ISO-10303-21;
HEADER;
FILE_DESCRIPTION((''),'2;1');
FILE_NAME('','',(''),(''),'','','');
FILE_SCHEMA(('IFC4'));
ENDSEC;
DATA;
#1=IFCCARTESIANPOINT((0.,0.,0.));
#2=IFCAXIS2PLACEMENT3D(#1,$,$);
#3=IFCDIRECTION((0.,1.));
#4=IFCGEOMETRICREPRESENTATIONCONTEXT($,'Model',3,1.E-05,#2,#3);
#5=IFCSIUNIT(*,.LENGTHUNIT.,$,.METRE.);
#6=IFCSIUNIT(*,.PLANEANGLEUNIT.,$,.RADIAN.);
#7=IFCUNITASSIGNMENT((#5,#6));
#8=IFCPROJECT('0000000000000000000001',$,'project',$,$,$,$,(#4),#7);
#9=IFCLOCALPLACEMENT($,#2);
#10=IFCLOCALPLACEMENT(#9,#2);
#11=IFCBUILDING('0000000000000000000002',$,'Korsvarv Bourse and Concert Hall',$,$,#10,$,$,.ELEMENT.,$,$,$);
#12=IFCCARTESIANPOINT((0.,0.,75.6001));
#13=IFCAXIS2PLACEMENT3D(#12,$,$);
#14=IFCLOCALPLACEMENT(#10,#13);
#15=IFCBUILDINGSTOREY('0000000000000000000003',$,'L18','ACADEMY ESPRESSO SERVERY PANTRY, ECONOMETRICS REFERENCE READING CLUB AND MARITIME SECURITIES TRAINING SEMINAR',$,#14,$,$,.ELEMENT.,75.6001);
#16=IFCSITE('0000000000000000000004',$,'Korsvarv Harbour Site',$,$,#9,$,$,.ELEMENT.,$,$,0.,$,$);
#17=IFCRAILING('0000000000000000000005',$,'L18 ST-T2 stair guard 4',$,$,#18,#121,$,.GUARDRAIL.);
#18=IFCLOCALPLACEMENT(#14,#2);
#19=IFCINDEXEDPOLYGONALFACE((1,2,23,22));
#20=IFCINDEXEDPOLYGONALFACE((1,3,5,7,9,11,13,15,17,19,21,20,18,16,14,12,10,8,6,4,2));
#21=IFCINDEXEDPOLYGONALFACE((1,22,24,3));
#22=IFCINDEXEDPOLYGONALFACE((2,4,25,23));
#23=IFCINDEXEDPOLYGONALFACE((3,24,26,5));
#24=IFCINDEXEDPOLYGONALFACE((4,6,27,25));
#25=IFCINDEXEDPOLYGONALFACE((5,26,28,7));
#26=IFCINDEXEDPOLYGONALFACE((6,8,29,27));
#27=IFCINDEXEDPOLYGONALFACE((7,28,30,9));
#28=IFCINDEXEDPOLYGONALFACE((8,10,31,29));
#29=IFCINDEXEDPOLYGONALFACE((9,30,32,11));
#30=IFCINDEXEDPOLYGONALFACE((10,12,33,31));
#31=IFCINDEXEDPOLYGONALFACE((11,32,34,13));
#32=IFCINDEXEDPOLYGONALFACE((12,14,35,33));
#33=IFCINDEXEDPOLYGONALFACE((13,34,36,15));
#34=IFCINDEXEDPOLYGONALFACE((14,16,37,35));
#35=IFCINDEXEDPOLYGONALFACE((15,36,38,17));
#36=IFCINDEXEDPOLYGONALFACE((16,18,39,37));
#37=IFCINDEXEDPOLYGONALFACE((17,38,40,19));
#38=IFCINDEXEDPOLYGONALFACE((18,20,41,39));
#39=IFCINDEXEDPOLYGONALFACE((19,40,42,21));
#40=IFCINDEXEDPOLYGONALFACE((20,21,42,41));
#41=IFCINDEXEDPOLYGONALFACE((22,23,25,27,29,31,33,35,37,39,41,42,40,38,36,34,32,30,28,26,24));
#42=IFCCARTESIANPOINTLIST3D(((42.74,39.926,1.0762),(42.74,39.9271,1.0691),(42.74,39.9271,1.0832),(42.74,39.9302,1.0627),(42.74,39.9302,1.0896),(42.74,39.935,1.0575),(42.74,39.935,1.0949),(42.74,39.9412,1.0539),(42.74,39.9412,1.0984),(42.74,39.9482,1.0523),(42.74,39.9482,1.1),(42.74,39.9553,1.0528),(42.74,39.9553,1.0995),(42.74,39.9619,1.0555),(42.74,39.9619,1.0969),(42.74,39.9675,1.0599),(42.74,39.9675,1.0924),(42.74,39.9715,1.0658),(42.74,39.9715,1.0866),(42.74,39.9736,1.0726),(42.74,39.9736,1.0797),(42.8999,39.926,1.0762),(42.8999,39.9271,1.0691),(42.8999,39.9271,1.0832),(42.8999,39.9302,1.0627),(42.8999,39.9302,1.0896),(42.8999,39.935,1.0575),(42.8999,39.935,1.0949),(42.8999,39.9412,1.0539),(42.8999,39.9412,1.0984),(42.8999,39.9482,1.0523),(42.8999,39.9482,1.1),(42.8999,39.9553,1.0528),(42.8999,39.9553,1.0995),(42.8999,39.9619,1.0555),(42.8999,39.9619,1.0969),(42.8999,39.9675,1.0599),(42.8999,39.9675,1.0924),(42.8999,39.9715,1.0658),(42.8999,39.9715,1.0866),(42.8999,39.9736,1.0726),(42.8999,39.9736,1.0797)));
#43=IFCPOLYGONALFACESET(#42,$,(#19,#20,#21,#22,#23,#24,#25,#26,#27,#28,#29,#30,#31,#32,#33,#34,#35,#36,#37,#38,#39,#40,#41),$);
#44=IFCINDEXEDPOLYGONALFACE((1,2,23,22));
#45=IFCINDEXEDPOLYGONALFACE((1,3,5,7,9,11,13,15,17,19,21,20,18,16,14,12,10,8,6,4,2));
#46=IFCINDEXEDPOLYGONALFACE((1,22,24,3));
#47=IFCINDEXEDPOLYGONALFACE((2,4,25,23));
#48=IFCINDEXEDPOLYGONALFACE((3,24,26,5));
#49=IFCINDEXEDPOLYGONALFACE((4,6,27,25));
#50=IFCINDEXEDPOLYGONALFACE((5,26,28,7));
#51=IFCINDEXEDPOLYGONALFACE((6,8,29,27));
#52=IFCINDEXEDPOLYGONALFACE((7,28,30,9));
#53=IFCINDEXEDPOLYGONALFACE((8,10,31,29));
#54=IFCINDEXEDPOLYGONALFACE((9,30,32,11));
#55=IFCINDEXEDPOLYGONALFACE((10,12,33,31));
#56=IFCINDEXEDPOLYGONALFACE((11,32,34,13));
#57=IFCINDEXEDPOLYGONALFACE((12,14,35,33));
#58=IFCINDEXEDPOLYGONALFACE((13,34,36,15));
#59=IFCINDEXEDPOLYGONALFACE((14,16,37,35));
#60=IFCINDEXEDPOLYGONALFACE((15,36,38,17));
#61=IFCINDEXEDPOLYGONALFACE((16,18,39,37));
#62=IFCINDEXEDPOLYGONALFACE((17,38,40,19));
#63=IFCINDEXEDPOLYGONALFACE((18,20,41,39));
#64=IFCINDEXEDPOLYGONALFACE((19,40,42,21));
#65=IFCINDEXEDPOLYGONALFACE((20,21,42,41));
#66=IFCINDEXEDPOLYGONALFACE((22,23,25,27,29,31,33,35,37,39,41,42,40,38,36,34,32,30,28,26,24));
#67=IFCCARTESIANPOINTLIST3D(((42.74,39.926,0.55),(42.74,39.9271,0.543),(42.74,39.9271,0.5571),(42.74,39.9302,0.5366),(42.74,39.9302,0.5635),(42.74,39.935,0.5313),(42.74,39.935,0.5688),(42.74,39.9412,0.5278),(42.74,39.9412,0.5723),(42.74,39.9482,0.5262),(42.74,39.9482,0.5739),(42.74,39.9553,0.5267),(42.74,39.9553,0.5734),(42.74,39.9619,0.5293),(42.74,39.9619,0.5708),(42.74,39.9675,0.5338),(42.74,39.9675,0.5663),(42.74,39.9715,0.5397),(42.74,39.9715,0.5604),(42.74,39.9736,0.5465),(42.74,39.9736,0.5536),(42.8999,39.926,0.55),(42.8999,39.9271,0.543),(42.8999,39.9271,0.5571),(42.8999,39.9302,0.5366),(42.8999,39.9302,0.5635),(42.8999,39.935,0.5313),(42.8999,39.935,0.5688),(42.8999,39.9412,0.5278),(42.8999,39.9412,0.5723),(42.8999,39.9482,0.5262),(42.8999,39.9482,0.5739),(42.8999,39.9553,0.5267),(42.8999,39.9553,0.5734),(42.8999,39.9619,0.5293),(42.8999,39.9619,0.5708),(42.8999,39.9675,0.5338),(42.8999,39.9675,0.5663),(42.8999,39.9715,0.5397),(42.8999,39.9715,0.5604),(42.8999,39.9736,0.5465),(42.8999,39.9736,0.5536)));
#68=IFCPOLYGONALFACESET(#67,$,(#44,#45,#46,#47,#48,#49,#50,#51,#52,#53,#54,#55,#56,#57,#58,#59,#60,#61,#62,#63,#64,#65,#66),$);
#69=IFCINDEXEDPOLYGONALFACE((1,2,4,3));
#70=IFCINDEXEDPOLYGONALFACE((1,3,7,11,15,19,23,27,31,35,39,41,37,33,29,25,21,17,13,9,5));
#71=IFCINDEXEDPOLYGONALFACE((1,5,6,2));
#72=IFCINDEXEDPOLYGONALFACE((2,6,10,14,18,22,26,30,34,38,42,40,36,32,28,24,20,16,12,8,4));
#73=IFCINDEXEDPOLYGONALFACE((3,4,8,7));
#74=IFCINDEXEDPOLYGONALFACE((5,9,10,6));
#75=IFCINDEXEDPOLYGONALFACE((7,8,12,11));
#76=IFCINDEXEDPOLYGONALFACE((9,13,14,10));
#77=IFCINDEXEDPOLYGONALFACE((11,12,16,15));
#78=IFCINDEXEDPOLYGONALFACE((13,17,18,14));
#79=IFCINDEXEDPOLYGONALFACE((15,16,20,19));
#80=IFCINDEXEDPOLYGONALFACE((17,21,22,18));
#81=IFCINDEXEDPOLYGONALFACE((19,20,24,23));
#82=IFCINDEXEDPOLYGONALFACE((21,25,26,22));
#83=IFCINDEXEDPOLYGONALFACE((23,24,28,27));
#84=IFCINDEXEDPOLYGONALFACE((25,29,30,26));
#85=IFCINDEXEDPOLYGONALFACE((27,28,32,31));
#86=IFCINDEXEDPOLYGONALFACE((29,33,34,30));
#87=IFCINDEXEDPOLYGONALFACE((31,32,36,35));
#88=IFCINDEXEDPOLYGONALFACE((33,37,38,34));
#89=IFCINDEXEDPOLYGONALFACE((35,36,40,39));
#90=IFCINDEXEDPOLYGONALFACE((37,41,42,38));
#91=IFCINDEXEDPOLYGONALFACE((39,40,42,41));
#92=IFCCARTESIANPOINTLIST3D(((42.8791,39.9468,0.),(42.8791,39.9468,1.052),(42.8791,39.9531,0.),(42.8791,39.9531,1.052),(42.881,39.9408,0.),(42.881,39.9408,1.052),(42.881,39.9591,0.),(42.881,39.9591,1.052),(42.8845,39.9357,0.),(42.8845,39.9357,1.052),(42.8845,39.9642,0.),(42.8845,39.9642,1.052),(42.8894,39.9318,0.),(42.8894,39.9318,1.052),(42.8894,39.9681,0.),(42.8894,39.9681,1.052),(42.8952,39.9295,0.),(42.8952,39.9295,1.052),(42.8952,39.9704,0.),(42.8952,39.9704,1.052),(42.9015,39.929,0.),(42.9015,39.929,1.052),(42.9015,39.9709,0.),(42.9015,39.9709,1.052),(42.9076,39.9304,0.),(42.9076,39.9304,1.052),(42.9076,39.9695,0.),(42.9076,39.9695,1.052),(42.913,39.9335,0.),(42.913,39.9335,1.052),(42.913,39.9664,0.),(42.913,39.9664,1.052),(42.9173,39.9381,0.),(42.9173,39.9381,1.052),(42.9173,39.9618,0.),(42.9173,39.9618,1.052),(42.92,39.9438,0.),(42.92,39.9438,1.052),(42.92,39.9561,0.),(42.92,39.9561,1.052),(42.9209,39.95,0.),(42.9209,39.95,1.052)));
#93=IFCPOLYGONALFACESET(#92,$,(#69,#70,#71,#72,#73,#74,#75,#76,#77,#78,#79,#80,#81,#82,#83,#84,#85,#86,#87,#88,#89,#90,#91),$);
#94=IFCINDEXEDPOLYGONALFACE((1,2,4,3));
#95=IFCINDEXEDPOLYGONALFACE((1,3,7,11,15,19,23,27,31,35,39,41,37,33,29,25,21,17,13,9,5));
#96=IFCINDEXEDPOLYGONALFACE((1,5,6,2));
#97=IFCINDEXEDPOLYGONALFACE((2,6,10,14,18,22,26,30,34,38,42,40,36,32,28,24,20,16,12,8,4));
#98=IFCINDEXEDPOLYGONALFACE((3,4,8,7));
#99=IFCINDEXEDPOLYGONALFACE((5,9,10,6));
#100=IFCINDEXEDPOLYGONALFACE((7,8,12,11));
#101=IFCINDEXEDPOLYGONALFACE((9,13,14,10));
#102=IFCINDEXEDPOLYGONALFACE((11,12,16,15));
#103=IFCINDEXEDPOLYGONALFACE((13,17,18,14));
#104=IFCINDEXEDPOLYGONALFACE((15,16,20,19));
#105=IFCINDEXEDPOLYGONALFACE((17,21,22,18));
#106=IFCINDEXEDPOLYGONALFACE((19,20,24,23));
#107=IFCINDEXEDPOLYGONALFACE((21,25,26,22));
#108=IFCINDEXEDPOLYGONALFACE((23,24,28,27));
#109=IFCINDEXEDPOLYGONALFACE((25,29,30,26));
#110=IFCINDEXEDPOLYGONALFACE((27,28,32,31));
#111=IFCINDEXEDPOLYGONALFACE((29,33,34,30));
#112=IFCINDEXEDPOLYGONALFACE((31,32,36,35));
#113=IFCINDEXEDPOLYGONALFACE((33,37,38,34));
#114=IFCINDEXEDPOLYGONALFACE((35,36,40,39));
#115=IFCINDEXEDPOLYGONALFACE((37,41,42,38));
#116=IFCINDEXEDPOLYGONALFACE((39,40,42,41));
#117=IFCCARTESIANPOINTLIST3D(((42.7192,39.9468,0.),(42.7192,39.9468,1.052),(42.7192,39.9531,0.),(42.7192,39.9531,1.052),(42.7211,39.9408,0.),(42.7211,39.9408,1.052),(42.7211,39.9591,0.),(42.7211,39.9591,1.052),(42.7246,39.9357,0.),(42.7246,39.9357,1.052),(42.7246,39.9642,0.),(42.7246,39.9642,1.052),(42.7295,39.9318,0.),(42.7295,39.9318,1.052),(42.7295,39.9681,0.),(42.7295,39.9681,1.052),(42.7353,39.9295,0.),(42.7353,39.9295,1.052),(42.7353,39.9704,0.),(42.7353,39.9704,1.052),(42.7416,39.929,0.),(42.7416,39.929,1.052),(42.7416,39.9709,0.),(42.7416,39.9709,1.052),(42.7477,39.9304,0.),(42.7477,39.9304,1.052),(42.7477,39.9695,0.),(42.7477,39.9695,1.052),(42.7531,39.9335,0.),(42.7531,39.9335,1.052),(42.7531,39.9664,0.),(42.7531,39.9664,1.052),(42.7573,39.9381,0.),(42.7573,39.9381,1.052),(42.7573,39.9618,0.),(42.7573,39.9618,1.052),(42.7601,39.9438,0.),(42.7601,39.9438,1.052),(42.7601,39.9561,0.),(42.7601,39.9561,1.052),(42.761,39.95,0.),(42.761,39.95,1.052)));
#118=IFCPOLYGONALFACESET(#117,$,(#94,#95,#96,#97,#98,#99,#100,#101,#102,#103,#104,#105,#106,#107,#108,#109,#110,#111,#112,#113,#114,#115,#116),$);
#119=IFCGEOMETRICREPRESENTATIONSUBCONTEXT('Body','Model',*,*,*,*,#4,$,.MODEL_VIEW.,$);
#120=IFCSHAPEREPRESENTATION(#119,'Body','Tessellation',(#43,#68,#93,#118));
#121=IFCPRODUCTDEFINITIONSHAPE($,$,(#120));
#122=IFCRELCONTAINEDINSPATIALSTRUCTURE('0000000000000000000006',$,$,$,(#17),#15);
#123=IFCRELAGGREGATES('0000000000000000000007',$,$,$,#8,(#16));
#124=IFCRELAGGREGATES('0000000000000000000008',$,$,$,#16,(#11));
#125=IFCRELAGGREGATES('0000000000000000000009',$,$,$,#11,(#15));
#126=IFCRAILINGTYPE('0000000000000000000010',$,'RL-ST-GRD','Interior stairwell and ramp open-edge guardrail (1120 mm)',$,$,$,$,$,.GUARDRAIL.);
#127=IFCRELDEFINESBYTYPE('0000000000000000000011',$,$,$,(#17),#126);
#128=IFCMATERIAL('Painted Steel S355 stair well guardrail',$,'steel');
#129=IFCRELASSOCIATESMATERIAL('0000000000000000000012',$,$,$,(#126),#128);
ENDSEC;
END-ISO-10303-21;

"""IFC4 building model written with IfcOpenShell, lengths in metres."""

from ifc_helpers import new_model, si_unit, direction, frame, origin, origin_2d, place, context, subcontext, project, spatial, circle, extrude, material, type_object, element, save


model = new_model("IFC4")

# Units and contexts
model_context = context("Model", 3, precision=1e-05, world=origin(), true_north=direction((0.0, 1.0)))
body_context = subcontext(model_context, "Body", "Model", "MODEL_VIEW")
ifc_project = project(units=[si_unit("LENGTHUNIT", "METRE"), si_unit("PLANEANGLEUNIT", "RADIAN")], contexts=[model_context])

# Site, building, storey
site_placement = place(None, origin())
site = spatial("IfcSite", under=ifc_project, at=site_placement, Name="Korsvarv Harbour Site", CompositionType="ELEMENT", RefElevation=0.0)
building_placement = place(site_placement, origin())
building = spatial("IfcBuilding", under=site, at=building_placement, Name="Korsvarv Bourse and Concert Hall", CompositionType="ELEMENT")
storey_placement = place(building_placement, frame((0.0, 0.0, 75.6001)))
storey = spatial("IfcBuildingStorey", under=building, at=storey_placement, Name="L18", Description="ACADEMY ESPRESSO SERVERY PANTRY, ECONOMETRICS REFERENCE READING CLUB AND MARITIME SECURITIES TRAINING SEMINAR", CompositionType="ELEMENT", Elevation=75.6001)

# Railing
ifc_material_1 = material(Name="Painted Steel S355 stair well guardrail", Category="steel")
railing_type_1 = type_object("IfcRailingType", Name="RL-ST-GRD", Description="Interior stairwell and ramp open-edge guardrail (1120 mm)", PredefinedType="GUARDRAIL", material=ifc_material_1)
railing_1_placement = place(storey_placement, frame((42.8999, 39.95, 0.0)))
element("IfcRailing", 1, at=railing_1_placement, inside=storey, type_object=railing_type_1, Name="L18 ST-T2 stair guard 4", PredefinedType="GUARDRAIL", context=body_context, shape_type="SweptSolid", body=[
    extrude(circle(Radius=0.0239, at=origin_2d()), frame((0.0, 0.0, 1.0762), z_axis=(-1.0, 0.0, 0.0), x_axis=(0.0, -1.0, 0.0)), (0.0, 0.0, 1.0), 0.1599),
    extrude(circle(Radius=0.0239, at=origin_2d()), frame((0.0, 0.0, 0.55), z_axis=(-1.0, 0.0, 0.0), x_axis=(0.0, -1.0, 0.0)), (0.0, 0.0, 1.0), 0.1599),
    extrude(circle(Radius=0.021, at=origin_2d()), origin(), (0.0, 0.0, 1.0), 1.052),
    extrude(circle(Radius=0.021, at=origin_2d()), frame((-0.1599, 0.0, 0.0)), (0.0, 0.0, 1.0), 1.052),
])

save(model, "model.ifc")
